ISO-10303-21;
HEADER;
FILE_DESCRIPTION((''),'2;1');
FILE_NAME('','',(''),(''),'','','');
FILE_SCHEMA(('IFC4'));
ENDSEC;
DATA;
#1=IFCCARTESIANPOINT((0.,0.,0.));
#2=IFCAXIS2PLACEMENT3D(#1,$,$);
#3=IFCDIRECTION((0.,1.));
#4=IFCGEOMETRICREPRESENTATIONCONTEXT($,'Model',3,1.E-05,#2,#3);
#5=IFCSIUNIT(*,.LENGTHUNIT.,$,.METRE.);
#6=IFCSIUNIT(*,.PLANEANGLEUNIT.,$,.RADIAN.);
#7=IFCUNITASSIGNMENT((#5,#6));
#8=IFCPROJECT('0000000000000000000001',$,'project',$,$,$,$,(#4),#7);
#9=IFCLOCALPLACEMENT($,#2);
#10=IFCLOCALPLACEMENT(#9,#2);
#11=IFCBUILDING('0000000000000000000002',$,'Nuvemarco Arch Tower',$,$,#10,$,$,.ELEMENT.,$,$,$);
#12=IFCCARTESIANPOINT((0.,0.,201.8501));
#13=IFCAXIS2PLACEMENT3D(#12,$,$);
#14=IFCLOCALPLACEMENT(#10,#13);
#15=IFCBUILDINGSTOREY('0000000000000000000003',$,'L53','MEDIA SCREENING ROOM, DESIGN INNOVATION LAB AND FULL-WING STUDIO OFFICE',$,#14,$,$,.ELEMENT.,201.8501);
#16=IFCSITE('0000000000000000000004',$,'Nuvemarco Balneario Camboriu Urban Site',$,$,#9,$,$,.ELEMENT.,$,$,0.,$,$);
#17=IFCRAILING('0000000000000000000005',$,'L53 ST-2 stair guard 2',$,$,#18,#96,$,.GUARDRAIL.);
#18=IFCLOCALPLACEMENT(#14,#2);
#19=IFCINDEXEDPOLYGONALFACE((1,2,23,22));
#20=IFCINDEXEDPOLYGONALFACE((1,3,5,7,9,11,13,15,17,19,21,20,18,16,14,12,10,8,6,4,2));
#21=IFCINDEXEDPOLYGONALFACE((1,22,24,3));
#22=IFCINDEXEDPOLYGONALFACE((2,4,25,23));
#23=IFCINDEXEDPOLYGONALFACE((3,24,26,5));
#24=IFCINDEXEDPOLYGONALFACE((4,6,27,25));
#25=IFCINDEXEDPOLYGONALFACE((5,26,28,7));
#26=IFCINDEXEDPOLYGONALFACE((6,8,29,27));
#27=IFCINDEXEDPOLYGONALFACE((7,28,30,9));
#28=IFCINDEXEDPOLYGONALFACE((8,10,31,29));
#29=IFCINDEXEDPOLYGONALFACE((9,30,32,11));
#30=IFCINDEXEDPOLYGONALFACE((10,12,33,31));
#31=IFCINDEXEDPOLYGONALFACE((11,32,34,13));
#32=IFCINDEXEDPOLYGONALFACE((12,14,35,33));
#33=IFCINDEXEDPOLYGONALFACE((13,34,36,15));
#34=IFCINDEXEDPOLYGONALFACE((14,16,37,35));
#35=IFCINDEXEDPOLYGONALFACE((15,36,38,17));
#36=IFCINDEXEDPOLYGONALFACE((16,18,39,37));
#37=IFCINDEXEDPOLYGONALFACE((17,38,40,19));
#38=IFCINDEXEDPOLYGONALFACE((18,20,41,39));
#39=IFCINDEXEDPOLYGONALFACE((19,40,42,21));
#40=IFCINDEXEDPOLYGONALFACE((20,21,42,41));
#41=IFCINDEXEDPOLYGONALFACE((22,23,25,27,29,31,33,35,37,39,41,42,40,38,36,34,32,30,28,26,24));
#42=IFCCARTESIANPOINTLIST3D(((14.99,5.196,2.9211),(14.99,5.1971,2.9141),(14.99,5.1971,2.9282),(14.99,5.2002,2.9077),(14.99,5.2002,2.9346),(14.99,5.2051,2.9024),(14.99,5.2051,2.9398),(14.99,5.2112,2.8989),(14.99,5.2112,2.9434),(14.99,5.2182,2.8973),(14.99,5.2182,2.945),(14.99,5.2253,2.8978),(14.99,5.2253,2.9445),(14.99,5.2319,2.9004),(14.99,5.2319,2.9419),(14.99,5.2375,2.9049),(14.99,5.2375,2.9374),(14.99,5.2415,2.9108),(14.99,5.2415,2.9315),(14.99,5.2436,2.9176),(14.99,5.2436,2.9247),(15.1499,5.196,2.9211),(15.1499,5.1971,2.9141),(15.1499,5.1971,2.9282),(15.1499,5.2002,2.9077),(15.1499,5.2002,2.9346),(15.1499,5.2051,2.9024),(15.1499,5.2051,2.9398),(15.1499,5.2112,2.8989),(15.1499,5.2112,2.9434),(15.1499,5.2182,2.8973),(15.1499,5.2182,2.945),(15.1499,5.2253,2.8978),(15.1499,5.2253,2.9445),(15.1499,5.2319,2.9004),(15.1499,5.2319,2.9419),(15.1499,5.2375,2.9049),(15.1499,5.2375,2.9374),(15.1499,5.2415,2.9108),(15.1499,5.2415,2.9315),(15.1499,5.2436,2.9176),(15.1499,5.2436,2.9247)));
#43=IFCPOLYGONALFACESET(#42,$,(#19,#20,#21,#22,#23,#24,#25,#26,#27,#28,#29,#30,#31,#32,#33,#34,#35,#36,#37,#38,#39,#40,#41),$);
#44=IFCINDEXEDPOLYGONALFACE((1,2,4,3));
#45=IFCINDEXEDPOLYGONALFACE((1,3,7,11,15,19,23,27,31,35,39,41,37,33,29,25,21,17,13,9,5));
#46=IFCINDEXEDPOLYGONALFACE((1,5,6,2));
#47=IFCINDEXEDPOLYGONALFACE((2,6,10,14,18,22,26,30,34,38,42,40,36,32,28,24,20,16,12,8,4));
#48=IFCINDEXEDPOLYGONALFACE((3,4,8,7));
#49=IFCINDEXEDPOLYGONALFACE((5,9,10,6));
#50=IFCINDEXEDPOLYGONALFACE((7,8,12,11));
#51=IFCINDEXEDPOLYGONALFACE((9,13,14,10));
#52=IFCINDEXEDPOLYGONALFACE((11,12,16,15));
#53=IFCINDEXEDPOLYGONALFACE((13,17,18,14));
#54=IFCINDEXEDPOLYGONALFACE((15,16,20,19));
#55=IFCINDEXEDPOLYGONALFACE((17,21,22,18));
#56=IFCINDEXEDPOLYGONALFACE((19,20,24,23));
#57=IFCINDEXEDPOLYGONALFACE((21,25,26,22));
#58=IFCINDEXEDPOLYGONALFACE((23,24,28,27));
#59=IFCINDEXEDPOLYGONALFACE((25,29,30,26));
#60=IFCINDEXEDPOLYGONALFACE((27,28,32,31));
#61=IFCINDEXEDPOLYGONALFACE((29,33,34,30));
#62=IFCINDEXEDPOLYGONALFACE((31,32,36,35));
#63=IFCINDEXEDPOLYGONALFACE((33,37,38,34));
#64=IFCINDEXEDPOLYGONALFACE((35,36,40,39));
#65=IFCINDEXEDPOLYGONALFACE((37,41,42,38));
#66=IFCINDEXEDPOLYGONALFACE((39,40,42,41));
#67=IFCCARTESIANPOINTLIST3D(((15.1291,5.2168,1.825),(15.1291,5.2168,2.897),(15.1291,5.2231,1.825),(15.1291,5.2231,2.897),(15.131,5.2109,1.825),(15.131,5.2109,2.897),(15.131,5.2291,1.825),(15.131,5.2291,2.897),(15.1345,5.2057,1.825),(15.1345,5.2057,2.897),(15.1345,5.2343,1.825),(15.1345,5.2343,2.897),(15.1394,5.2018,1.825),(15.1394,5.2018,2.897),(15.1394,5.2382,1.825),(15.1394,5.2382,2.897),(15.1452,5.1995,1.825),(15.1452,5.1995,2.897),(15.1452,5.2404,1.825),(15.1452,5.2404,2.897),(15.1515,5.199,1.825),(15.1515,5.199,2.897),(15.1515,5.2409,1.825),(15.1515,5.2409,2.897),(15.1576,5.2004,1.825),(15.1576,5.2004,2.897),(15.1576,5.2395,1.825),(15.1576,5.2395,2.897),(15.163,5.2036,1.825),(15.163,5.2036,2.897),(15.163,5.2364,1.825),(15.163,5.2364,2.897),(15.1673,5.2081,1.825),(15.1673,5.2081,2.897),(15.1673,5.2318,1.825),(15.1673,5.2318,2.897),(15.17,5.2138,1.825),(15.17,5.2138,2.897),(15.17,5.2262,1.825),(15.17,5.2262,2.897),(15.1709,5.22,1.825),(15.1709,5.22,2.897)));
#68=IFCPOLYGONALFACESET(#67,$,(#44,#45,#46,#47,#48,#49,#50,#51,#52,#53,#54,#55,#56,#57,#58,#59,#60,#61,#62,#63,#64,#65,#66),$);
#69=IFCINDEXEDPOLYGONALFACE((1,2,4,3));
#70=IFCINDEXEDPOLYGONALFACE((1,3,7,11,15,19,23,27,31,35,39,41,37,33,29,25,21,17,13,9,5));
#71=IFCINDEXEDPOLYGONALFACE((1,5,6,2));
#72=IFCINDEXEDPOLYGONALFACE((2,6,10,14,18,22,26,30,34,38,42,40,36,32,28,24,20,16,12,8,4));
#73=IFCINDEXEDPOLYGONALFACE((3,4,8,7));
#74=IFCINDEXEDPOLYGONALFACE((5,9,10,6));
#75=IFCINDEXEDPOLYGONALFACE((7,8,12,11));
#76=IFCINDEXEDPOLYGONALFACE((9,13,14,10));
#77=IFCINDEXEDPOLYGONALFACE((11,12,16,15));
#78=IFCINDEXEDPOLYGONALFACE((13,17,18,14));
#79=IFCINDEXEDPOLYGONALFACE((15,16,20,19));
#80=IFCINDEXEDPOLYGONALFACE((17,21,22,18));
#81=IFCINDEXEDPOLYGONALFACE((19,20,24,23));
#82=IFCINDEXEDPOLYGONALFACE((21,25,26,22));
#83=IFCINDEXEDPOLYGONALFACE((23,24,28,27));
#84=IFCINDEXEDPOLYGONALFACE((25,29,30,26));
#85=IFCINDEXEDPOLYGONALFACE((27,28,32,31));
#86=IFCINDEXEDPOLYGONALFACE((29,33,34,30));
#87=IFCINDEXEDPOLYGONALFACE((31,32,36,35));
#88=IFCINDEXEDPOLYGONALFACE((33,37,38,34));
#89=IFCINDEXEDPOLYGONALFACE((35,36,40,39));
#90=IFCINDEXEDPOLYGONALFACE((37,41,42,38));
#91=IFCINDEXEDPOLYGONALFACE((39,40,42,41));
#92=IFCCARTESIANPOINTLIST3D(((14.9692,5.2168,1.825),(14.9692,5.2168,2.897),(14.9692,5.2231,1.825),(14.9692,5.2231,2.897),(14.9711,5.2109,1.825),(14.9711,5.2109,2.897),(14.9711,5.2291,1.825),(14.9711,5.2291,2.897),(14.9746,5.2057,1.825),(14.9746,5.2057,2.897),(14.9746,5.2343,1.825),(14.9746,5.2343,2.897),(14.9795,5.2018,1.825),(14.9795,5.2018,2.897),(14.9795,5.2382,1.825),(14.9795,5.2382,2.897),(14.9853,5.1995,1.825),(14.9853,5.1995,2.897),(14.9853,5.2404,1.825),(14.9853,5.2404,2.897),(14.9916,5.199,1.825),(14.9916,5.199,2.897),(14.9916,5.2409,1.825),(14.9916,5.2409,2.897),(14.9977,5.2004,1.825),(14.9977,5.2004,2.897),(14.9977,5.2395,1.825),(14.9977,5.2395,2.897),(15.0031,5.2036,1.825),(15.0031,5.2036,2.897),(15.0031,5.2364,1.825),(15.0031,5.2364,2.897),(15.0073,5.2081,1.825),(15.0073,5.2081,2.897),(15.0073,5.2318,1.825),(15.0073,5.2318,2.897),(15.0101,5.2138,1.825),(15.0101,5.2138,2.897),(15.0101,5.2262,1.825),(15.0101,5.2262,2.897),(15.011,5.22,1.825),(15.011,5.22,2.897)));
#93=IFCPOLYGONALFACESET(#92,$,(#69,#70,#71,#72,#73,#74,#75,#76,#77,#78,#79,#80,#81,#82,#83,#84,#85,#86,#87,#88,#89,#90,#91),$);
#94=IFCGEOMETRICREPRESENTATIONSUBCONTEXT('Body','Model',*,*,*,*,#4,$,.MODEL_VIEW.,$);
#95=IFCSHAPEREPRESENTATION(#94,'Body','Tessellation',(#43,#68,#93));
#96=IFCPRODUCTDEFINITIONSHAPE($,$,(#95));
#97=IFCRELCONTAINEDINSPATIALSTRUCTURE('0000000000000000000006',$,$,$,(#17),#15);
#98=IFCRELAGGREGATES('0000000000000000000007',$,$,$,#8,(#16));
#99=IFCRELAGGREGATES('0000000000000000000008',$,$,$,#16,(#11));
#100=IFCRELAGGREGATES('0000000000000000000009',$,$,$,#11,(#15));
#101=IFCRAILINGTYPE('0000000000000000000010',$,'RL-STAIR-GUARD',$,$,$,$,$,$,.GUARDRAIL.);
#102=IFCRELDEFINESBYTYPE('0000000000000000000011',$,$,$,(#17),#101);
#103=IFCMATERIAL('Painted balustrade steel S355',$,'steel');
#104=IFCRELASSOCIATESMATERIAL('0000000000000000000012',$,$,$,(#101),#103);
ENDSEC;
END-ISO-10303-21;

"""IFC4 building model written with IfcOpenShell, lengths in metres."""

from ifc_helpers import new_model, si_unit, direction, frame, origin, origin_2d, place, context, subcontext, project, spatial, circle, extrude, material, type_object, element, save


model = new_model("IFC4")

# Units and contexts
model_context = context("Model", 3, precision=1e-05, world=origin(), true_north=direction((0.0, 1.0)))
body_context = subcontext(model_context, "Body", "Model", "MODEL_VIEW")
ifc_project = project(units=[si_unit("LENGTHUNIT", "METRE"), si_unit("PLANEANGLEUNIT", "RADIAN")], contexts=[model_context])

# Site, building, storey
site_placement = place(None, origin())
site = spatial("IfcSite", under=ifc_project, at=site_placement, Name="Nuvemarco Balneario Camboriu Urban Site", CompositionType="ELEMENT", RefElevation=0.0)
building_placement = place(site_placement, origin())
building = spatial("IfcBuilding", under=site, at=building_placement, Name="Nuvemarco Arch Tower", CompositionType="ELEMENT")
storey_placement = place(building_placement, frame((0.0, 0.0, 201.8501)))
storey = spatial("IfcBuildingStorey", under=building, at=storey_placement, Name="L53", Description="MEDIA SCREENING ROOM, DESIGN INNOVATION LAB AND FULL-WING STUDIO OFFICE", CompositionType="ELEMENT", Elevation=201.8501)

# Railing
ifc_material_1 = material(Name="Painted balustrade steel S355", Category="steel")
railing_type_1 = type_object("IfcRailingType", Name="RL-STAIR-GUARD", PredefinedType="GUARDRAIL", material=ifc_material_1)
railing_1_placement = place(storey_placement, frame((15.1499, 5.22, 1.825)))
element("IfcRailing", 1, at=railing_1_placement, inside=storey, type_object=railing_type_1, Name="L53 ST-2 stair guard 2", PredefinedType="GUARDRAIL", context=body_context, shape_type="SweptSolid", body=[
    extrude(circle(Radius=0.0239, at=origin_2d()), frame((0.0, 0.0, 1.0962), z_axis=(-1.0, 0.0, 0.0), x_axis=(0.0, -1.0, 0.0)), (0.0, 0.0, 1.0), 0.1599),
    extrude(circle(Radius=0.021, at=origin_2d()), origin(), (0.0, 0.0, 1.0), 1.072),
    extrude(circle(Radius=0.021, at=origin_2d()), frame((-0.1599, 0.0, 0.0)), (0.0, 0.0, 1.0), 1.072),
])

save(model, "model.ifc")
